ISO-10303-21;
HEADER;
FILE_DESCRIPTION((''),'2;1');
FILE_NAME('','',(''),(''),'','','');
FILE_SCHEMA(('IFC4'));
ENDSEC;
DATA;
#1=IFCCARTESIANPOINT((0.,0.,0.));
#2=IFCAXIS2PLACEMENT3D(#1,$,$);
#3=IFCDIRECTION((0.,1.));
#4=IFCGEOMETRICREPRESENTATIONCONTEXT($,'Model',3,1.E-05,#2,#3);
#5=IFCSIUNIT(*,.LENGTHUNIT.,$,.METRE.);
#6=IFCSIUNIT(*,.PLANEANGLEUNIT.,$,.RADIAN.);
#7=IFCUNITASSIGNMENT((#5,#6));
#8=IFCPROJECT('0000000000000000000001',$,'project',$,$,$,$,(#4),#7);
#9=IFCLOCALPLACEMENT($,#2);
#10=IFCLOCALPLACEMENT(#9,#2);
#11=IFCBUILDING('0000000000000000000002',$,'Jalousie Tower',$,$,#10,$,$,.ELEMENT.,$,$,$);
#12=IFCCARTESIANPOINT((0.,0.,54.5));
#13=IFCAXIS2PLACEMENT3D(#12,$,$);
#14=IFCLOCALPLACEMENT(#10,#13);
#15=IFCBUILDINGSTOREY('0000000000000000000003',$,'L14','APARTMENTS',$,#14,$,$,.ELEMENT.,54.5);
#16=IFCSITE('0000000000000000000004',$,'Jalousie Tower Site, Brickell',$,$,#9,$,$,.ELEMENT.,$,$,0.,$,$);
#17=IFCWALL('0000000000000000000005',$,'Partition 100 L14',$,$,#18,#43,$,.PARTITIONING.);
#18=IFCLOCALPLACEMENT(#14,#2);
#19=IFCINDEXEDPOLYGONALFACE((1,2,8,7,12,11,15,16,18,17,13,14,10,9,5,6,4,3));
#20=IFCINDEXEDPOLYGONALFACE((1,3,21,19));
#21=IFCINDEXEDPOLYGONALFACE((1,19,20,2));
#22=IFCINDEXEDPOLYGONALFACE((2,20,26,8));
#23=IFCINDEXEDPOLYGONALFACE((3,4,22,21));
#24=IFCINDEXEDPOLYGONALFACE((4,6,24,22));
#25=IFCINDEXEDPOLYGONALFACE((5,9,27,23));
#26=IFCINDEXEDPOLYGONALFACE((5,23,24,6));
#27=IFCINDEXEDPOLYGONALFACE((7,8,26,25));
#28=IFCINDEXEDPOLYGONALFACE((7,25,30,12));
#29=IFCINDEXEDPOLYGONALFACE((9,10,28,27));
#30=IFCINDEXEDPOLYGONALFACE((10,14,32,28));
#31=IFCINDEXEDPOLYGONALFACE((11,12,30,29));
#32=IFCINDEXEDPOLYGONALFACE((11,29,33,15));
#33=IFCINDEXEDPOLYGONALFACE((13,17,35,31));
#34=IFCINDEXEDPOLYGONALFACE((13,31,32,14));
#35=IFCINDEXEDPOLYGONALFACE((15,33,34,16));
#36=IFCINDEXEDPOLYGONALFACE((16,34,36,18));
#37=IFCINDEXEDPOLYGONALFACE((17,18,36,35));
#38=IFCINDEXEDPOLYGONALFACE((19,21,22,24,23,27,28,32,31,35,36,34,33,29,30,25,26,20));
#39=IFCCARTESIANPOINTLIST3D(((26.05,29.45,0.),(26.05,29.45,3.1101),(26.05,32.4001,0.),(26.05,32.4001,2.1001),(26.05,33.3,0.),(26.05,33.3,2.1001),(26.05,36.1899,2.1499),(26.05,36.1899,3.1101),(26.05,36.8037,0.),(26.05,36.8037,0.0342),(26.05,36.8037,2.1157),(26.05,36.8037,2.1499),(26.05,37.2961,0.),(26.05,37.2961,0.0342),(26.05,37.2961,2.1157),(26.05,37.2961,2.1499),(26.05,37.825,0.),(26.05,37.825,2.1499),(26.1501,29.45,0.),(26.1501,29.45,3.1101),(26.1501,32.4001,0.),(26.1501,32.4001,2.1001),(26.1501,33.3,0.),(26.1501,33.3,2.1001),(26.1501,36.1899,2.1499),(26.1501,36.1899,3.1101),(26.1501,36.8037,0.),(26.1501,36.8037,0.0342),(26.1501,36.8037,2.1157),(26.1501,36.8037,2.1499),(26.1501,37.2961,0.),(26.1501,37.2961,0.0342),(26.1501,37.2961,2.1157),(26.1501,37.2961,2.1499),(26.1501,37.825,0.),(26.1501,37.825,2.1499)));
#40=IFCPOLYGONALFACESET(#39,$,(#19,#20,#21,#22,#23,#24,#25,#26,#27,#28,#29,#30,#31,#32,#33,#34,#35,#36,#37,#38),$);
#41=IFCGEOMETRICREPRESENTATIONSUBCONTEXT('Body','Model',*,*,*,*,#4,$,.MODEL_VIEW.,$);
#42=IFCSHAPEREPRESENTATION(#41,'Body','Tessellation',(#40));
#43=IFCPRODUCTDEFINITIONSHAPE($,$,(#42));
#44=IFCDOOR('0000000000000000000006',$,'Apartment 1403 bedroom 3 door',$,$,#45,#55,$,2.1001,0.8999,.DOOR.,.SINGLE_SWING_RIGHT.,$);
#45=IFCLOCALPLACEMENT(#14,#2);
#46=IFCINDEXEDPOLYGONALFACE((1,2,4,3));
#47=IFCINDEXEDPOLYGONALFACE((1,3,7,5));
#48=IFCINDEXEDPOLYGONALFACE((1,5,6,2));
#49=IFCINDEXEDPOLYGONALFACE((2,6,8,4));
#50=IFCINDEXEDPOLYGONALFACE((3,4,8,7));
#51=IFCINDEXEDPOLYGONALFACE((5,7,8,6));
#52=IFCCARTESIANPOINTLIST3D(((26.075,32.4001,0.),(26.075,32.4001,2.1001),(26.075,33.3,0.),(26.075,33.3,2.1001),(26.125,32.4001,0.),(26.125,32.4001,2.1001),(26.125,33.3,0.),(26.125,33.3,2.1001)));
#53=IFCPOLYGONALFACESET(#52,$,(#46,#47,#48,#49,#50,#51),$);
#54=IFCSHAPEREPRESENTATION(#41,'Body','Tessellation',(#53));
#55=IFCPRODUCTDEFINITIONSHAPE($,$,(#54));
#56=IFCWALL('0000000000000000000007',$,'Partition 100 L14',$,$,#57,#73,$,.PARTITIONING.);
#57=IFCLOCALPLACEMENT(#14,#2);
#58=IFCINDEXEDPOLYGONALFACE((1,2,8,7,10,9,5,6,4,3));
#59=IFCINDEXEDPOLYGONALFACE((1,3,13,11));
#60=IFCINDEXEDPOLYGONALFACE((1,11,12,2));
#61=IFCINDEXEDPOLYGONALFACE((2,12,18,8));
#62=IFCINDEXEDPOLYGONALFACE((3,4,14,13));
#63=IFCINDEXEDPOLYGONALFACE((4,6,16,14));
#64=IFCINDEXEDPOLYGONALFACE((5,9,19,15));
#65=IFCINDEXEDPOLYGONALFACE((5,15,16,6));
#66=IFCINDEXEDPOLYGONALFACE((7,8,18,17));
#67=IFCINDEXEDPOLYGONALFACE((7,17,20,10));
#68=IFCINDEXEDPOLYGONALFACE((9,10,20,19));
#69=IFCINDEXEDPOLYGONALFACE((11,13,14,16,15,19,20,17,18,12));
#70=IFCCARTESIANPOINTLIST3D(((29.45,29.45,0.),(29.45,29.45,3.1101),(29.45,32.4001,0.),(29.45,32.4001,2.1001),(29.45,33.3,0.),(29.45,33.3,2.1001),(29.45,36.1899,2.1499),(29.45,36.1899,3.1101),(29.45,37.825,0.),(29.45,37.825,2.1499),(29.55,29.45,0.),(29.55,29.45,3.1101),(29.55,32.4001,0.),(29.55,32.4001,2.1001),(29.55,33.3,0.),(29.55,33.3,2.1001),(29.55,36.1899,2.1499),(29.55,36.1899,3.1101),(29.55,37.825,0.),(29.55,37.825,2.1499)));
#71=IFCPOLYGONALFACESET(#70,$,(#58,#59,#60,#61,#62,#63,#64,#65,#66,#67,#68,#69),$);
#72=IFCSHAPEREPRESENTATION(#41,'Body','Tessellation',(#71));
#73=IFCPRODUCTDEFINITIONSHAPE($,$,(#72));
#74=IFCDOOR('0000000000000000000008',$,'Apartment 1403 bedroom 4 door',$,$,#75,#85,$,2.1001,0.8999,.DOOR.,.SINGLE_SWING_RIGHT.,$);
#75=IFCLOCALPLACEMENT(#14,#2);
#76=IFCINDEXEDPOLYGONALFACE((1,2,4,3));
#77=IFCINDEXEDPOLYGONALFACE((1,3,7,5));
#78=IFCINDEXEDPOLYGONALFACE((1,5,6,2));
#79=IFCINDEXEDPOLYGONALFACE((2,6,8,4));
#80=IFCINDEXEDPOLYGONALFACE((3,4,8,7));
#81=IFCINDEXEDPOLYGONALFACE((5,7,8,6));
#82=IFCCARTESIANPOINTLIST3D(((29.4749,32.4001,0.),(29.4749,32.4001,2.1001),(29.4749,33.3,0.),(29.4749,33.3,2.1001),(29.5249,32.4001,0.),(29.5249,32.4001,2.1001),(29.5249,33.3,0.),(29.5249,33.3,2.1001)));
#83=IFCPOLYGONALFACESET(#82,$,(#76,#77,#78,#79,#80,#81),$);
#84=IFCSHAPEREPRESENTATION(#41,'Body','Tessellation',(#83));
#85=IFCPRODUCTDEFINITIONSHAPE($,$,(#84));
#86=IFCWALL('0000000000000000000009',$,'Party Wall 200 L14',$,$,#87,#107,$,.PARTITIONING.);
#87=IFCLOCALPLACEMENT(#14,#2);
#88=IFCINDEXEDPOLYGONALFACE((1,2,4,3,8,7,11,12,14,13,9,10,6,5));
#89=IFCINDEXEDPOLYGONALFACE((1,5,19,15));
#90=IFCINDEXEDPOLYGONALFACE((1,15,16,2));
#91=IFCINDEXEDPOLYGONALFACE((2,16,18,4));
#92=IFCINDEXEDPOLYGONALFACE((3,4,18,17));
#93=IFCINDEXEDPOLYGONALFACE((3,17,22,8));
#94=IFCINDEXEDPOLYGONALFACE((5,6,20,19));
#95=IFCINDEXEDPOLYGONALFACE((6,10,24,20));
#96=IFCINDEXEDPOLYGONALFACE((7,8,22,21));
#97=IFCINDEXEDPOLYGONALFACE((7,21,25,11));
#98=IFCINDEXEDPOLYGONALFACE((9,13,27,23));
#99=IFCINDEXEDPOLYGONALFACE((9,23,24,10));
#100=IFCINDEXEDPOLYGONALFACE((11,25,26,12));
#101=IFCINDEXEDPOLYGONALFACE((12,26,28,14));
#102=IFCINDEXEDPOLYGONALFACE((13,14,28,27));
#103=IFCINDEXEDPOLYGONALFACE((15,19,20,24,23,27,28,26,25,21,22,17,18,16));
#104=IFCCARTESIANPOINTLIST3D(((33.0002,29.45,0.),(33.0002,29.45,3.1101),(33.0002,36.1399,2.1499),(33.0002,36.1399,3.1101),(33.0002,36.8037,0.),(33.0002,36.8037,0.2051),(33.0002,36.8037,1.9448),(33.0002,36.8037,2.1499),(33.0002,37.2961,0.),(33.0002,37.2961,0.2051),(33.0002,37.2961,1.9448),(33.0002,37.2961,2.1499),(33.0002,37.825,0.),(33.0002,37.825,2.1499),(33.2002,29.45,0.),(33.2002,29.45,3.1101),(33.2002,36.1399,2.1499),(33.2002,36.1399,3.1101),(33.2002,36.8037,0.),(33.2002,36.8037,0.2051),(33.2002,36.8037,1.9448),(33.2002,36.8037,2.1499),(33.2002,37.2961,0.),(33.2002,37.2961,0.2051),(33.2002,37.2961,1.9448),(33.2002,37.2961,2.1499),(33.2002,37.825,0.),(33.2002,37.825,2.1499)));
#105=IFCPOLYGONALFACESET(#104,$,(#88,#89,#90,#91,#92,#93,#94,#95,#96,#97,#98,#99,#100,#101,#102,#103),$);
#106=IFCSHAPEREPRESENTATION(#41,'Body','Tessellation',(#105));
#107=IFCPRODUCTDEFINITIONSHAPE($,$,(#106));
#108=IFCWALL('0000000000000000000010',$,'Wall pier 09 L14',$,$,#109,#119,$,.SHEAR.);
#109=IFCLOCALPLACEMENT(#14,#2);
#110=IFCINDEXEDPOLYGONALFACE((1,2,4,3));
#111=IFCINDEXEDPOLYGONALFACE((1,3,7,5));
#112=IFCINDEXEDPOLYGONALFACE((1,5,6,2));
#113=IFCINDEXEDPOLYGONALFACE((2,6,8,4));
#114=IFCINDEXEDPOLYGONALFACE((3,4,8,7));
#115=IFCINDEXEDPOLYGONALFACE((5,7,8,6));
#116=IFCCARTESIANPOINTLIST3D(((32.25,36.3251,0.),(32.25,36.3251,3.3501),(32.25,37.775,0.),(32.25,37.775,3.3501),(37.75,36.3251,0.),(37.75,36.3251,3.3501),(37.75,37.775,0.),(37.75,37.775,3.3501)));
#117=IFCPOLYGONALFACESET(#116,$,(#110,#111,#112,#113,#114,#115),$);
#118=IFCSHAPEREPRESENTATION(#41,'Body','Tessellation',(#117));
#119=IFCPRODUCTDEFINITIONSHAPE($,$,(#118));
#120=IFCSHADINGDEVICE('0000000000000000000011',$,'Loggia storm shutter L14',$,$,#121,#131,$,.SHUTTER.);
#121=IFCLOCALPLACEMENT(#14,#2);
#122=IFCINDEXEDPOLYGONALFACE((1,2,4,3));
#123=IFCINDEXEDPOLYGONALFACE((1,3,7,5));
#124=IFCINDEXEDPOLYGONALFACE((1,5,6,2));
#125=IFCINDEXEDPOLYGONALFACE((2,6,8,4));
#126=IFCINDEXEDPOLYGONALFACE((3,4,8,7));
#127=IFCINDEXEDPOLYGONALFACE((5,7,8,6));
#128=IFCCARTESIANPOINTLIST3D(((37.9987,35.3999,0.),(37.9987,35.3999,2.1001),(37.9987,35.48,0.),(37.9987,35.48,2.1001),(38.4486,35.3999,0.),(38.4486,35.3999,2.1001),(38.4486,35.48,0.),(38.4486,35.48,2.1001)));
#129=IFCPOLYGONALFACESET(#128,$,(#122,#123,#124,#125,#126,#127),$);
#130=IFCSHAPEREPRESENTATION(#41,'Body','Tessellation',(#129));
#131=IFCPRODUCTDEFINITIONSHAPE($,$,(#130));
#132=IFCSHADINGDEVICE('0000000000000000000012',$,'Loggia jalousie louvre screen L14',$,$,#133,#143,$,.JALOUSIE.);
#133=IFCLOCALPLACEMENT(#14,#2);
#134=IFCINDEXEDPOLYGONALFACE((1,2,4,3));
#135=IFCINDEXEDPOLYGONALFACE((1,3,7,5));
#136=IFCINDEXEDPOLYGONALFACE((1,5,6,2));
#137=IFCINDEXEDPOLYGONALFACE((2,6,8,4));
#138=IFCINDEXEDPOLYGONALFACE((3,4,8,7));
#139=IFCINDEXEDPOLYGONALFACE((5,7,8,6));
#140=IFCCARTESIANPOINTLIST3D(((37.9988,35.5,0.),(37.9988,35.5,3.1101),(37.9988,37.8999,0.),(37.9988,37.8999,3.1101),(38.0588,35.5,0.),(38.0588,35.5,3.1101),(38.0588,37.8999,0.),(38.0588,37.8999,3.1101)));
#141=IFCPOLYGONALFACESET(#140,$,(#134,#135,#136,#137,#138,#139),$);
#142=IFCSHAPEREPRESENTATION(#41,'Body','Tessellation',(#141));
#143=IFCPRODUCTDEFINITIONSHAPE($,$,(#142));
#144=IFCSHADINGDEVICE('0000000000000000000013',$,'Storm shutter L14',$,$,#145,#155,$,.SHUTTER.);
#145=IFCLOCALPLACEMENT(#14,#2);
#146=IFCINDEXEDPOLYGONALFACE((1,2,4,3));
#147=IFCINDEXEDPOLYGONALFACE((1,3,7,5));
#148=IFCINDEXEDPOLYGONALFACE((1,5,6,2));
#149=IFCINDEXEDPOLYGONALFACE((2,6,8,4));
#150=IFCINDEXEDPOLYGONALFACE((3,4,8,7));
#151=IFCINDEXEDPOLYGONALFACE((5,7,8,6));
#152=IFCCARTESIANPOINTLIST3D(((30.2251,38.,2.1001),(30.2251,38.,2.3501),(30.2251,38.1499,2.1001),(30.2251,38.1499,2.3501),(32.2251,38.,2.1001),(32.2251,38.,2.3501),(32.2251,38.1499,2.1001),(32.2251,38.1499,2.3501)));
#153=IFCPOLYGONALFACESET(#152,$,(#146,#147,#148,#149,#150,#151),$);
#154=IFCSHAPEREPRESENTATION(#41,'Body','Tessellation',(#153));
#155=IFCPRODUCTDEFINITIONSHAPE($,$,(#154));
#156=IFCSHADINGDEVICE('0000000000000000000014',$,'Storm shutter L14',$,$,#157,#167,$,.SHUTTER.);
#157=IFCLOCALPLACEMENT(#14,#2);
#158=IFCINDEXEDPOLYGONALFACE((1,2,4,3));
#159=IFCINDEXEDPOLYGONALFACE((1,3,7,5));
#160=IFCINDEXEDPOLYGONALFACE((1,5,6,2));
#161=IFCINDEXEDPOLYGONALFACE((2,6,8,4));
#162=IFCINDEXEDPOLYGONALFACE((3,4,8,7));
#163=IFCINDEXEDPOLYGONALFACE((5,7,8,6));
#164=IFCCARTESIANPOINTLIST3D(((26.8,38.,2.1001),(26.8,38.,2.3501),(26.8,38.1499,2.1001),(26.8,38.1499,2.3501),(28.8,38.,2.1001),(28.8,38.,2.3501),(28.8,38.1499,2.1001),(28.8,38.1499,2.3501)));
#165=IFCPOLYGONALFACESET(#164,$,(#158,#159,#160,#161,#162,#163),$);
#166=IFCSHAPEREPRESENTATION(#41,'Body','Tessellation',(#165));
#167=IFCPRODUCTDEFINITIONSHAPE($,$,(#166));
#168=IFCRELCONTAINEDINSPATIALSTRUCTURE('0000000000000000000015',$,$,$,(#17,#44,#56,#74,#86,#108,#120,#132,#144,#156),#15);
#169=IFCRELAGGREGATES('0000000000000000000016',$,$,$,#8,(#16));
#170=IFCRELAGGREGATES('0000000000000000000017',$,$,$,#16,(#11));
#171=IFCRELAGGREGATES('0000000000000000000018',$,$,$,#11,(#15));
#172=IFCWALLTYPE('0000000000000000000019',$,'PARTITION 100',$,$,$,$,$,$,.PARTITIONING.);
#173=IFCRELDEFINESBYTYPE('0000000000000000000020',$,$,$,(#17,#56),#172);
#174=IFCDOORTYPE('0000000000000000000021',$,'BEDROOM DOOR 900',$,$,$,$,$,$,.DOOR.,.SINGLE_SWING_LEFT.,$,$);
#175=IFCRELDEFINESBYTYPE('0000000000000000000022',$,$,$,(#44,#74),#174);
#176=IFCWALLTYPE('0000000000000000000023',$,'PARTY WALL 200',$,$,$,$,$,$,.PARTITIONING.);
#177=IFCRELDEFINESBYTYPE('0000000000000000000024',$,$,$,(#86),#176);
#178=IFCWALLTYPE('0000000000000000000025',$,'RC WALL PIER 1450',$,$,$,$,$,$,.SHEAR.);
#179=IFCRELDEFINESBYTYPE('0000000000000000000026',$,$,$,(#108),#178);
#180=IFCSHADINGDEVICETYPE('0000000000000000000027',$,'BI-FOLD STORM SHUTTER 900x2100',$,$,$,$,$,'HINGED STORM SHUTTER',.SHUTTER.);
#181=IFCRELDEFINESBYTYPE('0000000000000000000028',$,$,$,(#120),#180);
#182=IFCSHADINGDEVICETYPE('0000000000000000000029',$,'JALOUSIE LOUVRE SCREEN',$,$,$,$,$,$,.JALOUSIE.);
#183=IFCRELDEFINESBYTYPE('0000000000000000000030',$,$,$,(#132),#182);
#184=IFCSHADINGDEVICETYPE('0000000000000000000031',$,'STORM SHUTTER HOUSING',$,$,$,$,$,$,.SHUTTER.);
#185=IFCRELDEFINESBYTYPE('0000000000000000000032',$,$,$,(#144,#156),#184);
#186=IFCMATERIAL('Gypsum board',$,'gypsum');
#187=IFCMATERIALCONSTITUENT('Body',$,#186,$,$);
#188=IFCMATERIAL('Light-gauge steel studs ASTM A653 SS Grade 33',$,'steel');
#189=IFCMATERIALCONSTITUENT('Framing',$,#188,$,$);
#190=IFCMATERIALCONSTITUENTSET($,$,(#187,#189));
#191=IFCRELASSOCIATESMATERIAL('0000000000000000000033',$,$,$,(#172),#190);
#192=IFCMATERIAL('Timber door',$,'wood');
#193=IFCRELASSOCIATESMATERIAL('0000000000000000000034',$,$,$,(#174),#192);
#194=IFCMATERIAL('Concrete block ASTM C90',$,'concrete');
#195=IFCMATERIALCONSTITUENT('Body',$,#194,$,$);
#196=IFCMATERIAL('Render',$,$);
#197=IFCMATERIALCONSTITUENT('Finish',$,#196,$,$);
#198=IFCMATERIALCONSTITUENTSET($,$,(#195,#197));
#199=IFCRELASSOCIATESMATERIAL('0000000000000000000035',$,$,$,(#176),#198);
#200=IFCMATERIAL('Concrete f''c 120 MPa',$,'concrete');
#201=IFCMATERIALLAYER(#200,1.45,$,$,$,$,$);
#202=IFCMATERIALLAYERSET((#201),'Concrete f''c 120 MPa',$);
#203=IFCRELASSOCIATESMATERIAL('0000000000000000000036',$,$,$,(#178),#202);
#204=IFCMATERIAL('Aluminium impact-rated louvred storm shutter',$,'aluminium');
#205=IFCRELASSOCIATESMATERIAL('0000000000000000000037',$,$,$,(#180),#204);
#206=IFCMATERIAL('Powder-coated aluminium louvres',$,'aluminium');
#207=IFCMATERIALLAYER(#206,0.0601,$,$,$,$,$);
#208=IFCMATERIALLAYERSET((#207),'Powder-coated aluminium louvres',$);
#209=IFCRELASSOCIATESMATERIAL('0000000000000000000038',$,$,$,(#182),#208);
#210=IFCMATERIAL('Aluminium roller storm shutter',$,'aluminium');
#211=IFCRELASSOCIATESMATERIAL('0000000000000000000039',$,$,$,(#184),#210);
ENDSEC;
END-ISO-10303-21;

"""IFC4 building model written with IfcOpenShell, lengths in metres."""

from ifc_helpers import new_model, si_unit, direction, frame, frame_2d, origin, origin_2d, place, context, subcontext, project, spatial, polyline, rectangle, outline, extrude, material, layer, layer_set, constituent, constituent_set, type_object, element, fill, save


model = new_model("IFC4")

# Units and contexts
model_context = context("Model", 3, precision=1e-05, world=origin(), true_north=direction((0.0, 1.0)))
body_context = subcontext(model_context, "Body", "Model", "MODEL_VIEW")
ifc_project = project(units=[si_unit("LENGTHUNIT", "METRE"), si_unit("PLANEANGLEUNIT", "RADIAN")], contexts=[model_context])

# Site, building, storey
site_placement = place(None, origin())
site = spatial("IfcSite", under=ifc_project, at=site_placement, Name="Jalousie Tower Site, Brickell", CompositionType="ELEMENT", RefElevation=0.0)
building_placement = place(site_placement, origin())
building = spatial("IfcBuilding", under=site, at=building_placement, Name="Jalousie Tower", CompositionType="ELEMENT")
storey_placement = place(building_placement, frame((0.0, 0.0, 54.5)))
storey = spatial("IfcBuildingStorey", under=building, at=storey_placement, Name="L14", Description="APARTMENTS", CompositionType="ELEMENT", Elevation=54.5)

# Walls, openings, doors
ifc_material_1 = material(Name="Gypsum board", Category="gypsum")
ifc_constituent_1 = constituent(ifc_material_1, Name="Body")
ifc_material_2 = material(Name="Light-gauge steel studs ASTM A653 SS Grade 33", Category="steel")
ifc_constituent_2 = constituent(ifc_material_2, Name="Framing")
ifc_constituent_set_1 = constituent_set(constituents=[ifc_constituent_1, ifc_constituent_2])
wall_type_1 = type_object("IfcWallType", Name="PARTITION 100", PredefinedType="PARTITIONING", material=ifc_constituent_set_1)
wall_1_placement = place(storey_placement, frame((26.1001, 37.825, 0.0), z_axis=(0.0, 0.0, 1.0), x_axis=(0.0, -1.0, 0.0)))
wall_1 = element("IfcWall", 1, at=wall_1_placement, inside=storey, type_object=wall_type_1, Name="Partition 100 L14", PredefinedType="PARTITIONING", context=body_context, shape_type="SweptSolid", body=[
    extrude(outline(polyline([(0.5288, 2.1499), (0.0, 2.1499), (0.0, 0.0), (0.5288, 0.0), (0.5288, 0.0342), (1.0212, 0.0342), (1.0212, 0.0), (8.375, 0.0), (8.375, 3.1101), (1.635, 3.1101), (1.635, 2.1499), (1.0212, 2.1499), (1.0212, 2.1157), (0.5288, 2.1157), (0.5288, 2.1499)])), frame((0.0, 0.05, 0.0), z_axis=(0.0, -1.0, 0.0), x_axis=(1.0, 0.0, 0.0)), (0.0, 0.0, 1.0), 0.1001),
])
opening_1_placement = place(wall_1_placement, frame((4.5249, 0.0, 0.0)))
opening_1 = element("IfcOpeningElement", 2, at=opening_1_placement, cuts=wall_1, PredefinedType="OPENING", context=body_context, shape_type="SweptSolid", body=[
    extrude(rectangle(XDim=0.8999, YDim=2.1001, at=frame_2d((0.45, 1.05))), frame((0.0, 0.0601, 0.0), z_axis=(0.0, -1.0, 0.0), x_axis=(1.0, 0.0, 0.0)), (0.0, 0.0, 1.0), 0.1201),
])
ifc_material_3 = material(Name="Timber door", Category="wood")
door_type = type_object("IfcDoorType", Name="BEDROOM DOOR 900", OperationType="SINGLE_SWING_LEFT", PredefinedType="DOOR", material=ifc_material_3)
door_1_placement = place(opening_1_placement, origin())
door_1 = element("IfcDoor", 3, at=door_1_placement, inside=storey, type_object=door_type, Name="Apartment 1403 bedroom 3 door", OperationType="SINGLE_SWING_RIGHT", OverallHeight=2.1001, OverallWidth=0.8999, PredefinedType="DOOR", context=body_context, shape_type="SweptSolid", body=[
    extrude(rectangle(XDim=0.8999, YDim=2.1001, at=frame_2d((0.45, 1.05))), frame((0.0, 0.0249, 0.0), z_axis=(0.0, -1.0, 0.0), x_axis=(1.0, 0.0, 0.0)), (0.0, 0.0, 1.0), 0.05),
])
fill(opening_1, door_1)
wall_2_placement = place(storey_placement, frame((29.5, 37.825, 0.0), z_axis=(0.0, 0.0, 1.0), x_axis=(0.0, -1.0, 0.0)))
wall_2 = element("IfcWall", 4, at=wall_2_placement, inside=storey, type_object=wall_type_1, Name="Partition 100 L14", PredefinedType="PARTITIONING", context=body_context, shape_type="SweptSolid", body=[
    extrude(outline(polyline([(0.0, 0.0), (8.375, 0.0), (8.375, 3.1101), (1.635, 3.1101), (1.635, 2.1499), (0.0, 2.1499), (0.0, 3.1101), (0.0, 0.0)])), frame((0.0, 0.05, 0.0), z_axis=(0.0, -1.0, 0.0), x_axis=(1.0, 0.0, 0.0)), (0.0, 0.0, 1.0), 0.1001),
])
opening_2_placement = place(wall_2_placement, frame((4.5249, 0.0, 0.0)))
opening_2 = element("IfcOpeningElement", 5, at=opening_2_placement, cuts=wall_2, PredefinedType="OPENING", context=body_context, shape_type="SweptSolid", body=[
    extrude(rectangle(XDim=0.8999, YDim=2.1001, at=frame_2d((0.45, 1.05))), frame((0.0, 0.0601, 0.0), z_axis=(0.0, -1.0, 0.0), x_axis=(1.0, 0.0, 0.0)), (0.0, 0.0, 1.0), 0.1201),
])
door_2_placement = place(opening_2_placement, origin())
door_2 = element("IfcDoor", 6, at=door_2_placement, inside=storey, type_object=door_type, Name="Apartment 1403 bedroom 4 door", OperationType="SINGLE_SWING_RIGHT", OverallHeight=2.1001, OverallWidth=0.8999, PredefinedType="DOOR", context=body_context, shape_type="SweptSolid", body=[
    extrude(rectangle(XDim=0.8999, YDim=2.1001, at=frame_2d((0.45, 1.05))), frame((0.0, 0.0249, 0.0), z_axis=(0.0, -1.0, 0.0), x_axis=(1.0, 0.0, 0.0)), (0.0, 0.0, 1.0), 0.05),
])
fill(opening_2, door_2)

# Walls
ifc_material_4 = material(Name="Concrete block ASTM C90", Category="concrete")
ifc_constituent_3 = constituent(ifc_material_4, Name="Body")
ifc_material_5 = material(Name="Render")
ifc_constituent_4 = constituent(ifc_material_5, Name="Finish")
ifc_constituent_set_2 = constituent_set(constituents=[ifc_constituent_3, ifc_constituent_4])
wall_type_2 = type_object("IfcWallType", Name="PARTY WALL 200", PredefinedType="PARTITIONING", material=ifc_constituent_set_2)
wall_3_placement = place(storey_placement, frame((33.1001, 37.825, 0.0), z_axis=(0.0, 0.0, 1.0), x_axis=(0.0, -1.0, 0.0)))
element("IfcWall", 7, at=wall_3_placement, inside=storey, type_object=wall_type_2, Name="Party Wall 200 L14", PredefinedType="PARTITIONING", context=body_context, shape_type="SweptSolid", body=[
    extrude(outline(polyline([(0.5288, 2.1499), (0.0, 2.1499), (0.0, 0.0), (0.5288, 0.0), (0.5288, 0.2051), (1.0212, 0.2051), (1.0212, 0.0), (8.375, 0.0), (8.375, 3.1101), (1.6851, 3.1101), (1.6851, 2.1499), (1.0212, 2.1499), (1.0212, 1.9448), (0.5288, 1.9448), (0.5288, 2.1499)])), frame((0.0, 0.1001, 0.0), z_axis=(0.0, -1.0, 0.0), x_axis=(1.0, 0.0, 0.0)), (0.0, 0.0, 1.0), 0.2),
])
ifc_material_6 = material(Name="Concrete f'c 120 MPa", Category="concrete")
ifc_layer_1 = layer(ifc_material_6, 1.45)
ifc_layer_set_1 = layer_set([ifc_layer_1], Name="Concrete f'c 120 MPa")
wall_type_3 = type_object("IfcWallType", Name="RC WALL PIER 1450", PredefinedType="SHEAR", material=ifc_layer_set_1)
wall_4_placement = place(storey_placement, frame((32.25, 37.05, 0.0), z_axis=(0.0, 0.0, 1.0), x_axis=(1.0, 0.0, 0.0)))
element("IfcWall", 8, at=wall_4_placement, inside=storey, type_object=wall_type_3, Name="Wall pier 09 L14", PredefinedType="SHEAR", context=body_context, shape_type="SweptSolid", body=[
    extrude(rectangle(XDim=5.5, YDim=1.45, at=frame_2d((2.75, 0.0))), origin(), (0.0, 0.0, 1.0), 3.3501),
])

# Shading devices
ifc_material_7 = material(Name="Aluminium impact-rated louvred storm shutter", Category="aluminium")
shading_device_type_1 = type_object("IfcShadingDeviceType", Name="BI-FOLD STORM SHUTTER 900x2100", ElementType="HINGED STORM SHUTTER", PredefinedType="SHUTTER", material=ifc_material_7)
shading_device_1_placement = place(storey_placement, frame((38.2236, 35.4399, 0.0), z_axis=(0.0, 0.0, 1.0), x_axis=(-1.0, 0.0, 0.0)))
element("IfcShadingDevice", 9, at=shading_device_1_placement, inside=storey, type_object=shading_device_type_1, Name="Loggia storm shutter L14", PredefinedType="SHUTTER", context=body_context, shape_type="SweptSolid", body=[
    extrude(rectangle(XDim=0.45, YDim=0.0801, at=origin_2d()), origin(), (0.0, 0.0, 1.0), 2.1001),
])
ifc_material_8 = material(Name="Powder-coated aluminium louvres", Category="aluminium")
ifc_layer_2 = layer(ifc_material_8, 0.0601)
ifc_layer_set_2 = layer_set([ifc_layer_2], Name="Powder-coated aluminium louvres")
shading_device_type_2 = type_object("IfcShadingDeviceType", Name="JALOUSIE LOUVRE SCREEN", PredefinedType="JALOUSIE", material=ifc_layer_set_2)
shading_device_2_placement = place(storey_placement, frame((38.0288, 36.7, 0.0), z_axis=(0.0, 0.0, 1.0), x_axis=(-1.0, 0.0, 0.0)))
element("IfcShadingDevice", 10, at=shading_device_2_placement, inside=storey, type_object=shading_device_type_2, Name="Loggia jalousie louvre screen L14", PredefinedType="JALOUSIE", context=body_context, shape_type="SweptSolid", body=[
    extrude(rectangle(XDim=0.0601, YDim=2.3999, at=origin_2d()), origin(), (0.0, 0.0, 1.0), 3.1101),
])
ifc_material_9 = material(Name="Aluminium roller storm shutter", Category="aluminium")
shading_device_type_3 = type_object("IfcShadingDeviceType", Name="STORM SHUTTER HOUSING", PredefinedType="SHUTTER", material=ifc_material_9)
for number, where, z_axis, x_axis, name in (
    (11, (31.2251, 38.075, 2.1001), (0.0, 0.0, 1.0), (-1.0, 0.0, 0.0), "Storm shutter L14"),
    (12, (27.8, 38.075, 2.1001), (0.0, 0.0, 1.0), (-1.0, 0.0, 0.0), "Storm shutter L14"),
):
    element("IfcShadingDevice", number, at=place(storey_placement, frame(where, z_axis=z_axis, x_axis=x_axis)), inside=storey, type_object=shading_device_type_3, Name=name, PredefinedType="SHUTTER", context=body_context, shape_type="SweptSolid", body=[
        extrude(rectangle(XDim=2.0, YDim=0.1499, at=origin_2d()), origin(), (0.0, 0.0, 1.0), 0.25),
    ])

save(model, "model.ifc")
